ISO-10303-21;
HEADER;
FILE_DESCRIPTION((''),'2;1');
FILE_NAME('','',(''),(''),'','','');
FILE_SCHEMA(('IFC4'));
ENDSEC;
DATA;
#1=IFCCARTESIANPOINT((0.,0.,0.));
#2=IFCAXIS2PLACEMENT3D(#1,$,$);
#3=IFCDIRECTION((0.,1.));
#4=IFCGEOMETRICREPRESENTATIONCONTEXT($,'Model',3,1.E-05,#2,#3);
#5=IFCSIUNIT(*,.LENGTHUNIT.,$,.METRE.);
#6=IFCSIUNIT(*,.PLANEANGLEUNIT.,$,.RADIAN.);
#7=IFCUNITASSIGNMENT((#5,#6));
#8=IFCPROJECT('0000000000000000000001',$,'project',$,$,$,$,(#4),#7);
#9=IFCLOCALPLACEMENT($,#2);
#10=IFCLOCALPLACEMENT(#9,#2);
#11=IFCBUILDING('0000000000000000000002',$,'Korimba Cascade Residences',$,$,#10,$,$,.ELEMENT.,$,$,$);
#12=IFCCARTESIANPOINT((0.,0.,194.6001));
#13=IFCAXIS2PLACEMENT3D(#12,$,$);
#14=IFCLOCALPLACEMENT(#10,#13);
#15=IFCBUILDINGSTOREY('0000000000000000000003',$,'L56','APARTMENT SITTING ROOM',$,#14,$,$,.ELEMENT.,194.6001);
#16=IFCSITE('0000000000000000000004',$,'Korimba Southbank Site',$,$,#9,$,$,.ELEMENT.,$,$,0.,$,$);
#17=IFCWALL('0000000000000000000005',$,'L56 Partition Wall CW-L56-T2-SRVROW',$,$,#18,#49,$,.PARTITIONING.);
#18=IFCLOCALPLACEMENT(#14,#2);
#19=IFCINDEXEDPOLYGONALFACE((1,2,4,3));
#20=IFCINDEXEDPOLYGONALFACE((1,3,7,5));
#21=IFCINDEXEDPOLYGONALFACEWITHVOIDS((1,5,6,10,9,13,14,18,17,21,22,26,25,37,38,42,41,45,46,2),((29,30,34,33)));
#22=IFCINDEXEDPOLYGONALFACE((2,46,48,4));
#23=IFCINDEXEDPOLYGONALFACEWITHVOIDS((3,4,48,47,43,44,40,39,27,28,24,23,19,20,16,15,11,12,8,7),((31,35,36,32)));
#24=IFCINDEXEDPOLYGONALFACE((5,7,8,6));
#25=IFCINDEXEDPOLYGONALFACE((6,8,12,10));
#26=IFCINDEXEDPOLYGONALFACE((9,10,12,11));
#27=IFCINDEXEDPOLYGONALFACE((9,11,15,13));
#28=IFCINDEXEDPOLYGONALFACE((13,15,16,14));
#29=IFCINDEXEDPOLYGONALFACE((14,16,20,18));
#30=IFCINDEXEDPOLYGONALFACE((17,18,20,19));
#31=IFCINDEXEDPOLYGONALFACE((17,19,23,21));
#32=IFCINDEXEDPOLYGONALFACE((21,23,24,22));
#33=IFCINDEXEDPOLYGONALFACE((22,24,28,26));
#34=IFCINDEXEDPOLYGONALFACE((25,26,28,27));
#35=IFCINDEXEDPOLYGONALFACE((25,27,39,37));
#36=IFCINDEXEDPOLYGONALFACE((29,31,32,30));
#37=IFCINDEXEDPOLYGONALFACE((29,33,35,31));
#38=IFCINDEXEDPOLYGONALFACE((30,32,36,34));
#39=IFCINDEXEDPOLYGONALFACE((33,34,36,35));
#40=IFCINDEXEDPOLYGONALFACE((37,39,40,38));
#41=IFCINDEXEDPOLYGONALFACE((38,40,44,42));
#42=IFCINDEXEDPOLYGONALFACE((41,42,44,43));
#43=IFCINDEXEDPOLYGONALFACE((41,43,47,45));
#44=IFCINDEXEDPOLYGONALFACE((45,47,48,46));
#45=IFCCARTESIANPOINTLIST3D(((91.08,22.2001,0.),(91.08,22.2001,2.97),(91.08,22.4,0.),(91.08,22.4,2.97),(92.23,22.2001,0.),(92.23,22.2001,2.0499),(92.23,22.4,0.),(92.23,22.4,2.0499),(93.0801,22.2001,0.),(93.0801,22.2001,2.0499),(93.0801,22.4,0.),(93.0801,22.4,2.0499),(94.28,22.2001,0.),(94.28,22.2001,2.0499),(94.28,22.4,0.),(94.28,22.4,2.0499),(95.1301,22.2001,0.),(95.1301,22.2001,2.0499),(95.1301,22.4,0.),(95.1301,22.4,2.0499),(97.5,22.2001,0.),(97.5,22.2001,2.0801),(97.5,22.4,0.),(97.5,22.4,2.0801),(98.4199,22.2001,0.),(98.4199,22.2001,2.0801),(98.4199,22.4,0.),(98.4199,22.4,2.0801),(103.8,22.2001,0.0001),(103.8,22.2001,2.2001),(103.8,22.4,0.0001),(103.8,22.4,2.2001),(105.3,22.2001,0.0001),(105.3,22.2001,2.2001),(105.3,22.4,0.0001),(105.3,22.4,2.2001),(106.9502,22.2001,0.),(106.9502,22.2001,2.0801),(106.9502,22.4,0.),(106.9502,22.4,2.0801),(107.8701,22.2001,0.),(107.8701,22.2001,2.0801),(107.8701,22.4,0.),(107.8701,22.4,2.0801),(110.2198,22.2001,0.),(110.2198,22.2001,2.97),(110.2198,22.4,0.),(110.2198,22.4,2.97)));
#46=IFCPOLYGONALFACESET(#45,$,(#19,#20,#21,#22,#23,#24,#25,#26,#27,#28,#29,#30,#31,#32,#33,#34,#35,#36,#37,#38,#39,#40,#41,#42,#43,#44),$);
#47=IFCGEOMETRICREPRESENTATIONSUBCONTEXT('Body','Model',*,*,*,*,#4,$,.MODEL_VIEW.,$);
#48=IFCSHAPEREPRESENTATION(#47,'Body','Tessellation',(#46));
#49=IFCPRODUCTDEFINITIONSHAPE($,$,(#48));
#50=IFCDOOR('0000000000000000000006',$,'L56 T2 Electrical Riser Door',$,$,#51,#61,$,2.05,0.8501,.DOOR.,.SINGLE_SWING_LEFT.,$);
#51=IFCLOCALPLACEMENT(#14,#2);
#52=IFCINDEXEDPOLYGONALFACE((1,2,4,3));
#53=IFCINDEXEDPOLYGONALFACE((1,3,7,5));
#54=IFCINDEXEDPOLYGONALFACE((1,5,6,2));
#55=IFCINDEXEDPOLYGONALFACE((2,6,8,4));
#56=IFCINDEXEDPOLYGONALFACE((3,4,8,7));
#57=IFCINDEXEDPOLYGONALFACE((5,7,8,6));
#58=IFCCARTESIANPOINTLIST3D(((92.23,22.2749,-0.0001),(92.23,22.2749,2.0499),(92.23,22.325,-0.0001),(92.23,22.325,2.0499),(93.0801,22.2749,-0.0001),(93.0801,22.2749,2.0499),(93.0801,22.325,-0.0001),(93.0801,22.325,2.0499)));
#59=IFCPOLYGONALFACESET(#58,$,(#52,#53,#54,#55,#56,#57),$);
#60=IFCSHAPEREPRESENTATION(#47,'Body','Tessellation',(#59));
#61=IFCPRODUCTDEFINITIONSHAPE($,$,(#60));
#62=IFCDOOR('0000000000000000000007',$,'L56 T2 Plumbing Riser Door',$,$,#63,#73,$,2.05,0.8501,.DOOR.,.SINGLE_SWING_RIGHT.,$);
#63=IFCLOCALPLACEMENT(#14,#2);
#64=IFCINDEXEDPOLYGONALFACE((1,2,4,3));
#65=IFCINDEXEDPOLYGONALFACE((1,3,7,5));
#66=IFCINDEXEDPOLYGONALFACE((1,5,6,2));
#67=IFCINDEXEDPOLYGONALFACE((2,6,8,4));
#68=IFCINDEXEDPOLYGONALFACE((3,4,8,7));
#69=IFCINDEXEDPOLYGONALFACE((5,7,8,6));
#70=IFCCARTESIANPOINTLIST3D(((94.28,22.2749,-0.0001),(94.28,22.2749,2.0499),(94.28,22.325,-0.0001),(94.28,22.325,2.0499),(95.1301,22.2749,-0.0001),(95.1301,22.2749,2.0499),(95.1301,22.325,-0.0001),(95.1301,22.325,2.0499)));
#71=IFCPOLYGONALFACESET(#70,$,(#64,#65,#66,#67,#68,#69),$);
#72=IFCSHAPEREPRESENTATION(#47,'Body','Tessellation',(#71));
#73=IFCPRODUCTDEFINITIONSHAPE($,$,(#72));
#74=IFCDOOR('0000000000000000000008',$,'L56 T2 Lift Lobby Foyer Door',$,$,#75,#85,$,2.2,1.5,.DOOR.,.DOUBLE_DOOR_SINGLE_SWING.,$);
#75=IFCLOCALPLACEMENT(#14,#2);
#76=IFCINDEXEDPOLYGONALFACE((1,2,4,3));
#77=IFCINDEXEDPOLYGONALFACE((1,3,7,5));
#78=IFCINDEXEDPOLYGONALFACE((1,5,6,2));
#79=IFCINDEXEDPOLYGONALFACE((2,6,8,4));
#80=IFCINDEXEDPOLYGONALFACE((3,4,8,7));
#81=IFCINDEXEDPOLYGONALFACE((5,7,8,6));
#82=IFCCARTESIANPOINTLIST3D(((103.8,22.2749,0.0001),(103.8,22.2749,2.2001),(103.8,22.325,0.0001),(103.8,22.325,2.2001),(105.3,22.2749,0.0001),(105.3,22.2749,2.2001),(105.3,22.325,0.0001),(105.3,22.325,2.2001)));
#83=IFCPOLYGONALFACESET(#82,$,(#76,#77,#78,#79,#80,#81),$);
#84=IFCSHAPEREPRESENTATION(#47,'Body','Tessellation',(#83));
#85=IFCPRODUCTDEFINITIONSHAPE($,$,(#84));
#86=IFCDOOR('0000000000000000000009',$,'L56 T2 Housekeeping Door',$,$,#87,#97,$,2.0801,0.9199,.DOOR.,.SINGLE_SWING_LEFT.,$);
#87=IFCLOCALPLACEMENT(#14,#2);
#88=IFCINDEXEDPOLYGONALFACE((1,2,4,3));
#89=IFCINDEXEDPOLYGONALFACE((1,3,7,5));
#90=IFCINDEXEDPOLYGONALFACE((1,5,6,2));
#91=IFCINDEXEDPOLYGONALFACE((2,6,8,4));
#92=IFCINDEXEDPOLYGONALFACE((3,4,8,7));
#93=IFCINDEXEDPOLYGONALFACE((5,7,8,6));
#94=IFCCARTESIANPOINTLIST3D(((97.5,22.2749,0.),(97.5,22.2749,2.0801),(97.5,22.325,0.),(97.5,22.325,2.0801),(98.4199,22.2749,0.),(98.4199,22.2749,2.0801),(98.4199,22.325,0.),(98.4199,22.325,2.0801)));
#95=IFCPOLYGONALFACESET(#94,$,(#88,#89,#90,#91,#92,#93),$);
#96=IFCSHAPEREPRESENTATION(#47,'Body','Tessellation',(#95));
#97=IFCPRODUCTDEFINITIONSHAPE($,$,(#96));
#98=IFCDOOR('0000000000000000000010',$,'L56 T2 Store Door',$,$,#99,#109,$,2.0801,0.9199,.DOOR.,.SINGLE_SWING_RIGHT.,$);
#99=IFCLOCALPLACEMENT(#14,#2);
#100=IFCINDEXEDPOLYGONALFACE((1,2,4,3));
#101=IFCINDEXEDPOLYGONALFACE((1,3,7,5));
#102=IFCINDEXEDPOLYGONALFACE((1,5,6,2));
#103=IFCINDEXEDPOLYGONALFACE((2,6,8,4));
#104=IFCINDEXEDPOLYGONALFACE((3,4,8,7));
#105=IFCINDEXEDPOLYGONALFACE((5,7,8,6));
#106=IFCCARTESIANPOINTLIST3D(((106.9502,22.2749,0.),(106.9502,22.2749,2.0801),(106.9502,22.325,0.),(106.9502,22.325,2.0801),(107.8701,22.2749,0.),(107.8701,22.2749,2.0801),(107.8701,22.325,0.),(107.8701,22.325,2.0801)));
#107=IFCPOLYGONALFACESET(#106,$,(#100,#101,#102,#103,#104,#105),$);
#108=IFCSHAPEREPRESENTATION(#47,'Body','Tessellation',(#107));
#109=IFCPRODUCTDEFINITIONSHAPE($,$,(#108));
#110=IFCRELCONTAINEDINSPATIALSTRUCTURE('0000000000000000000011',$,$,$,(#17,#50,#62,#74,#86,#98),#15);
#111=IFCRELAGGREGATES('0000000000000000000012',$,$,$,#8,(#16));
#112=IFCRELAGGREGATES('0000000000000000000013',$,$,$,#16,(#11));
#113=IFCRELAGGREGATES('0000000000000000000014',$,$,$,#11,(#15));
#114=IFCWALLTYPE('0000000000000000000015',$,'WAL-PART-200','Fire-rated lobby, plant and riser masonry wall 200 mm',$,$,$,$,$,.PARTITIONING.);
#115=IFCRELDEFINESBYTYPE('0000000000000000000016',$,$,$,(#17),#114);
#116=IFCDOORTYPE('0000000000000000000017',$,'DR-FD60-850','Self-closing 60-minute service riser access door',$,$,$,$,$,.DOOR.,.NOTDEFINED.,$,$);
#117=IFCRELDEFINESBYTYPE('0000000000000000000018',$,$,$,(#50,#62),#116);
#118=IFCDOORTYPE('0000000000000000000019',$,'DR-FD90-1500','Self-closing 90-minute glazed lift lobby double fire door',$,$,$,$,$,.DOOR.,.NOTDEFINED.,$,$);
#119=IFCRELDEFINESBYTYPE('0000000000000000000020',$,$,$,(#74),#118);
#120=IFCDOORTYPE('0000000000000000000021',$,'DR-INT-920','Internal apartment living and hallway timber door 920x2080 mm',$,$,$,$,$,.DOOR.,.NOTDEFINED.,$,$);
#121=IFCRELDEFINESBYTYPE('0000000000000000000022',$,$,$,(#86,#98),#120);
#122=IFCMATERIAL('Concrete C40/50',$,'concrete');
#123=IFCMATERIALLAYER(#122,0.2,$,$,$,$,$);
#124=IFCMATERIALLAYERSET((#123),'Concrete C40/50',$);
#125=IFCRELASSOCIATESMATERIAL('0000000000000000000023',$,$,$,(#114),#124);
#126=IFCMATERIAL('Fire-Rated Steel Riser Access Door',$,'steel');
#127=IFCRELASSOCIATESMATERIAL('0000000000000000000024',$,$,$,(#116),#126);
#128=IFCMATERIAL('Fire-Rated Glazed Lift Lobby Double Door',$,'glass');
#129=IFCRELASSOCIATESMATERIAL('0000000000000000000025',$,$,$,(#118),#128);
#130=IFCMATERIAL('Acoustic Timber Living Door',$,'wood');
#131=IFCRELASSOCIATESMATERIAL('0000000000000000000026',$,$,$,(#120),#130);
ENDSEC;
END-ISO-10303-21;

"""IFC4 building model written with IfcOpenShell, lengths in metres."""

from ifc_helpers import new_model, si_unit, direction, frame, frame_2d, origin, place, context, subcontext, project, spatial, rectangle, extrude, material, layer, layer_set, type_object, element, fill, save


model = new_model("IFC4")

# Units and contexts
model_context = context("Model", 3, precision=1e-05, world=origin(), true_north=direction((0.0, 1.0)))
body_context = subcontext(model_context, "Body", "Model", "MODEL_VIEW")
ifc_project = project(units=[si_unit("LENGTHUNIT", "METRE"), si_unit("PLANEANGLEUNIT", "RADIAN")], contexts=[model_context])

# Site, building, storey
site_placement = place(None, origin())
site = spatial("IfcSite", under=ifc_project, at=site_placement, Name="Korimba Southbank Site", CompositionType="ELEMENT", RefElevation=0.0)
building_placement = place(site_placement, origin())
building = spatial("IfcBuilding", under=site, at=building_placement, Name="Korimba Cascade Residences", CompositionType="ELEMENT")
storey_placement = place(building_placement, frame((0.0, 0.0, 194.6001)))
storey = spatial("IfcBuildingStorey", under=building, at=storey_placement, Name="L56", Description="APARTMENT SITTING ROOM", CompositionType="ELEMENT", Elevation=194.6001)

# Shared definitions
ifc_material_1 = material(Name="Concrete C40/50", Category="concrete")
ifc_layer_1 = layer(ifc_material_1, 0.2)
ifc_layer_set_1 = layer_set([ifc_layer_1], Name="Concrete C40/50")
wall_type_1 = type_object("IfcWallType", Name="WAL-PART-200", Description="Fire-rated lobby, plant and riser masonry wall 200 mm", PredefinedType="PARTITIONING", material=ifc_layer_set_1)

# Wall, openings, doors
wall_1_placement = place(storey_placement, frame((91.0801, 22.3, 0.0), z_axis=(0.0, 0.0, 1.0), x_axis=(1.0, 0.0, 0.0)))
wall_1 = element("IfcWall", 1, at=wall_1_placement, inside=storey, type_object=wall_type_1, Name="L56 Partition Wall CW-L56-T2-SRVROW", PredefinedType="PARTITIONING", context=body_context, shape_type="SweptSolid", body=[
    extrude(rectangle(XDim=19.1399, YDim=0.2, at=frame_2d((9.5698, 0.0))), origin(), (0.0, 0.0, 1.0), 2.97),
])
opening_1_placement = place(wall_1_placement, frame((1.1499, 0.0, 0.0)))
opening_1 = element("IfcOpeningElement", 2, at=opening_1_placement, cuts=wall_1, PredefinedType="OPENING", context=body_context, shape_type="SweptSolid", body=[
    extrude(rectangle(XDim=0.8501, YDim=2.05, at=frame_2d((0.425, 1.0249))), frame((0.0, 0.1099, 0.0), z_axis=(0.0, -1.0, 0.0), x_axis=(1.0, 0.0, 0.0)), (0.0, 0.0, 1.0), 0.22),
])
opening_2_placement = place(wall_1_placement, frame((3.2, 0.0, 0.0)))
opening_2 = element("IfcOpeningElement", 3, at=opening_2_placement, cuts=wall_1, PredefinedType="OPENING", context=body_context, shape_type="SweptSolid", body=[
    extrude(rectangle(XDim=0.8501, YDim=2.05, at=frame_2d((0.425, 1.0249))), frame((0.0, 0.1099, 0.0), z_axis=(0.0, -1.0, 0.0), x_axis=(1.0, 0.0, 0.0)), (0.0, 0.0, 1.0), 0.22),
])
opening_3_placement = place(wall_1_placement, frame((12.72, 0.0, 0.0)))
opening_3 = element("IfcOpeningElement", 4, at=opening_3_placement, cuts=wall_1, PredefinedType="OPENING", context=body_context, shape_type="SweptSolid", body=[
    extrude(rectangle(XDim=1.5, YDim=2.2, at=frame_2d((0.75, 1.1001))), frame((0.0, 0.1099, 0.0), z_axis=(0.0, -1.0, 0.0), x_axis=(1.0, 0.0, 0.0)), (0.0, 0.0, 1.0), 0.22),
])
opening_4_placement = place(wall_1_placement, frame((6.4199, 0.0, 0.0)))
opening_4 = element("IfcOpeningElement", 5, at=opening_4_placement, cuts=wall_1, PredefinedType="OPENING", context=body_context, shape_type="SweptSolid", body=[
    extrude(rectangle(XDim=0.9199, YDim=2.0801, at=frame_2d((0.46, 1.04))), frame((0.0, 0.1099, 0.0), z_axis=(0.0, -1.0, 0.0), x_axis=(1.0, 0.0, 0.0)), (0.0, 0.0, 1.0), 0.22),
])
opening_5_placement = place(wall_1_placement, frame((15.8701, 0.0, 0.0)))
opening_5 = element("IfcOpeningElement", 6, at=opening_5_placement, cuts=wall_1, PredefinedType="OPENING", context=body_context, shape_type="SweptSolid", body=[
    extrude(rectangle(XDim=0.9199, YDim=2.0801, at=frame_2d((0.46, 1.04))), frame((0.0, 0.1099, 0.0), z_axis=(0.0, -1.0, 0.0), x_axis=(1.0, 0.0, 0.0)), (0.0, 0.0, 1.0), 0.22),
])
ifc_material_2 = material(Name="Fire-Rated Steel Riser Access Door", Category="steel")
door_type_1 = type_object("IfcDoorType", Name="DR-FD60-850", Description="Self-closing 60-minute service riser access door", OperationType="NOTDEFINED", PredefinedType="DOOR", material=ifc_material_2)
door_1_placement = place(opening_1_placement, origin())
door_1 = element("IfcDoor", 7, at=door_1_placement, inside=storey, type_object=door_type_1, Name="L56 T2 Electrical Riser Door", OperationType="SINGLE_SWING_LEFT", OverallHeight=2.05, OverallWidth=0.8501, PredefinedType="DOOR", context=body_context, shape_type="SweptSolid", body=[
    extrude(rectangle(XDim=0.8501, YDim=2.05, at=frame_2d((0.425, 1.0249))), frame((0.0, 0.0249, 0.0), z_axis=(0.0, -1.0, 0.0), x_axis=(1.0, 0.0, 0.0)), (0.0, 0.0, 1.0), 0.05),
])
fill(opening_1, door_1)
door_2_placement = place(opening_2_placement, origin())
door_2 = element("IfcDoor", 8, at=door_2_placement, inside=storey, type_object=door_type_1, Name="L56 T2 Plumbing Riser Door", OperationType="SINGLE_SWING_RIGHT", OverallHeight=2.05, OverallWidth=0.8501, PredefinedType="DOOR", context=body_context, shape_type="SweptSolid", body=[
    extrude(rectangle(XDim=0.8501, YDim=2.05, at=frame_2d((0.425, 1.0249))), frame((0.0, 0.0249, 0.0), z_axis=(0.0, -1.0, 0.0), x_axis=(1.0, 0.0, 0.0)), (0.0, 0.0, 1.0), 0.05),
])
fill(opening_2, door_2)
ifc_material_3 = material(Name="Fire-Rated Glazed Lift Lobby Double Door", Category="glass")
door_type_2 = type_object("IfcDoorType", Name="DR-FD90-1500", Description="Self-closing 90-minute glazed lift lobby double fire door", OperationType="NOTDEFINED", PredefinedType="DOOR", material=ifc_material_3)
door_3_placement = place(opening_3_placement, origin())
door_3 = element("IfcDoor", 9, at=door_3_placement, inside=storey, type_object=door_type_2, Name="L56 T2 Lift Lobby Foyer Door", OperationType="DOUBLE_DOOR_SINGLE_SWING", OverallHeight=2.2, OverallWidth=1.5, PredefinedType="DOOR", context=body_context, shape_type="SweptSolid", body=[
    extrude(rectangle(XDim=1.5, YDim=2.2, at=frame_2d((0.75, 1.1001))), frame((0.0, 0.0249, 0.0), z_axis=(0.0, -1.0, 0.0), x_axis=(1.0, 0.0, 0.0)), (0.0, 0.0, 1.0), 0.05),
])
fill(opening_3, door_3)
ifc_material_4 = material(Name="Acoustic Timber Living Door", Category="wood")
door_type_3 = type_object("IfcDoorType", Name="DR-INT-920", Description="Internal apartment living and hallway timber door 920x2080 mm", OperationType="NOTDEFINED", PredefinedType="DOOR", material=ifc_material_4)
door_4_placement = place(opening_4_placement, origin())
door_4 = element("IfcDoor", 10, at=door_4_placement, inside=storey, type_object=door_type_3, Name="L56 T2 Housekeeping Door", OperationType="SINGLE_SWING_LEFT", OverallHeight=2.0801, OverallWidth=0.9199, PredefinedType="DOOR", context=body_context, shape_type="SweptSolid", body=[
    extrude(rectangle(XDim=0.9199, YDim=2.0801, at=frame_2d((0.46, 1.04))), frame((0.0, 0.0249, 0.0), z_axis=(0.0, -1.0, 0.0), x_axis=(1.0, 0.0, 0.0)), (0.0, 0.0, 1.0), 0.05),
])
fill(opening_4, door_4)
door_5_placement = place(opening_5_placement, origin())
door_5 = element("IfcDoor", 11, at=door_5_placement, inside=storey, type_object=door_type_3, Name="L56 T2 Store Door", OperationType="SINGLE_SWING_RIGHT", OverallHeight=2.0801, OverallWidth=0.9199, PredefinedType="DOOR", context=body_context, shape_type="SweptSolid", body=[
    extrude(rectangle(XDim=0.9199, YDim=2.0801, at=frame_2d((0.46, 1.04))), frame((0.0, 0.0249, 0.0), z_axis=(0.0, -1.0, 0.0), x_axis=(1.0, 0.0, 0.0)), (0.0, 0.0, 1.0), 0.05),
])
fill(opening_5, door_5)

save(model, "model.ifc")
